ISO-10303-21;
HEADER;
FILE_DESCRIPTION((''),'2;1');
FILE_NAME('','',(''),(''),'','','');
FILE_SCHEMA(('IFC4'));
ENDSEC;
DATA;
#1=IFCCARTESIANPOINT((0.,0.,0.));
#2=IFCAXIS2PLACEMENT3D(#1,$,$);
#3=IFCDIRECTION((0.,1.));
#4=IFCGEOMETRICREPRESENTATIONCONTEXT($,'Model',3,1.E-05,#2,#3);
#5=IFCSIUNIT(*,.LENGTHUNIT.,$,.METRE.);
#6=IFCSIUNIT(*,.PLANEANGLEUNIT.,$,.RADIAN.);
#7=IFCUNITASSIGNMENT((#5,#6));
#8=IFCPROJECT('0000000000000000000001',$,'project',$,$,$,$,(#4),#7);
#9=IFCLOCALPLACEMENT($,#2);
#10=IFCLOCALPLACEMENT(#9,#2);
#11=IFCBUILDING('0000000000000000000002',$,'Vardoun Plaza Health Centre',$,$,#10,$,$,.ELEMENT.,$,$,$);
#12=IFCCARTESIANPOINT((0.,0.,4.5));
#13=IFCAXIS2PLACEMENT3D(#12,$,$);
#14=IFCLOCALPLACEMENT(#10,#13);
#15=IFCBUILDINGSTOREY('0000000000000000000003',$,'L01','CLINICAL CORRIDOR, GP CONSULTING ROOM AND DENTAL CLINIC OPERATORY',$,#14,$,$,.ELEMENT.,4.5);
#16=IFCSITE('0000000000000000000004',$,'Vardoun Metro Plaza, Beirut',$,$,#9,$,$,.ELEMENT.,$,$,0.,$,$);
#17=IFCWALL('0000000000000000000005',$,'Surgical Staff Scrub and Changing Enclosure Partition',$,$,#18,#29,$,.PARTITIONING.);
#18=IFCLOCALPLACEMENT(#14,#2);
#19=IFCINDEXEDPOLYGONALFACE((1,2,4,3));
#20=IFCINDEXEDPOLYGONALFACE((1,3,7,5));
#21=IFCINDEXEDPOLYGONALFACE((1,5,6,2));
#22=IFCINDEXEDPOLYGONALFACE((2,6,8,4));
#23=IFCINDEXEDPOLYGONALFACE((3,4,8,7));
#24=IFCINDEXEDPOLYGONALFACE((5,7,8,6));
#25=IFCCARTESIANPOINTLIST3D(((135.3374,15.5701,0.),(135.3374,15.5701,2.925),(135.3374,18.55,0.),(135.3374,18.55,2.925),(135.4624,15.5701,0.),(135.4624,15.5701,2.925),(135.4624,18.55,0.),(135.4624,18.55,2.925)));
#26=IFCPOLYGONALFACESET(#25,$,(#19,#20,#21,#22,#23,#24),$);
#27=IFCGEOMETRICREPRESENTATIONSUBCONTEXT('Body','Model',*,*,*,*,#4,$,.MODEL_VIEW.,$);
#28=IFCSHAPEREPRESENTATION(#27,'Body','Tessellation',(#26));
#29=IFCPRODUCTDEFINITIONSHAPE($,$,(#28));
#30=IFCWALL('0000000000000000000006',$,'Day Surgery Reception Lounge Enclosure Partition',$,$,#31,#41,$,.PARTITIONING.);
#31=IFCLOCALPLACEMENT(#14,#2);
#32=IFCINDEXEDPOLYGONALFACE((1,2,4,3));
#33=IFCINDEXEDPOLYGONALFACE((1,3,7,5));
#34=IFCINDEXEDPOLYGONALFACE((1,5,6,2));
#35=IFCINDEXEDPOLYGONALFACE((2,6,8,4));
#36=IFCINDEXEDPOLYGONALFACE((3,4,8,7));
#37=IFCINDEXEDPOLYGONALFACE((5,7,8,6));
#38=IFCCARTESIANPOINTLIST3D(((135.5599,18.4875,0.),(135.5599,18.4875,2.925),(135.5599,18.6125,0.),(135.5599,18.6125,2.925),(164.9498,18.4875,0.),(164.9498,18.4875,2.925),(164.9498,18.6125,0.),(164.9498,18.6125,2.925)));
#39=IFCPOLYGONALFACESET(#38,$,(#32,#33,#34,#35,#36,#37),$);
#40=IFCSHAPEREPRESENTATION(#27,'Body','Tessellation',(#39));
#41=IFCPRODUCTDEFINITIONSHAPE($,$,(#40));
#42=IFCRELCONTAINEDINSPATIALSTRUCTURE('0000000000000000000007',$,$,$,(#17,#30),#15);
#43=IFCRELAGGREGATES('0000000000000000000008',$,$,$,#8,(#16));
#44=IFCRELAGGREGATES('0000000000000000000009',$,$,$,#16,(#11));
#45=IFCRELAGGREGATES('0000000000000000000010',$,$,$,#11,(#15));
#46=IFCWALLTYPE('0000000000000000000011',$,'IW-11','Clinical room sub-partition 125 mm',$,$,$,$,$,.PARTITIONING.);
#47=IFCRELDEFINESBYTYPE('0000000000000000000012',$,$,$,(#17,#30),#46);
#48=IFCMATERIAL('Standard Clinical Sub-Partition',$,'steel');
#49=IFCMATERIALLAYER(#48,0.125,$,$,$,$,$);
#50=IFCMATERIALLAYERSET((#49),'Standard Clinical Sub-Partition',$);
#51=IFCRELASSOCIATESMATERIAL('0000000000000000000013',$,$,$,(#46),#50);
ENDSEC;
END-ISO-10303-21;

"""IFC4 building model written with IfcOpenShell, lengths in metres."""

from ifc_helpers import new_model, si_unit, direction, frame, frame_2d, origin, place, context, subcontext, project, spatial, rectangle, extrude, material, layer, layer_set, type_object, element, save


model = new_model("IFC4")

# Units and contexts
model_context = context("Model", 3, precision=1e-05, world=origin(), true_north=direction((0.0, 1.0)))
body_context = subcontext(model_context, "Body", "Model", "MODEL_VIEW")
ifc_project = project(units=[si_unit("LENGTHUNIT", "METRE"), si_unit("PLANEANGLEUNIT", "RADIAN")], contexts=[model_context])

# Site, building, storey
site_placement = place(None, origin())
site = spatial("IfcSite", under=ifc_project, at=site_placement, Name="Vardoun Metro Plaza, Beirut", CompositionType="ELEMENT", RefElevation=0.0)
building_placement = place(site_placement, origin())
building = spatial("IfcBuilding", under=site, at=building_placement, Name="Vardoun Plaza Health Centre", CompositionType="ELEMENT")
storey_placement = place(building_placement, frame((0.0, 0.0, 4.5)))
storey = spatial("IfcBuildingStorey", under=building, at=storey_placement, Name="L01", Description="CLINICAL CORRIDOR, GP CONSULTING ROOM AND DENTAL CLINIC OPERATORY", CompositionType="ELEMENT", Elevation=4.5)

# Walls
ifc_material_1 = material(Name="Standard Clinical Sub-Partition", Category="steel")
ifc_layer_1 = layer(ifc_material_1, 0.125)
ifc_layer_set_1 = layer_set([ifc_layer_1], Name="Standard Clinical Sub-Partition")
wall_type_1 = type_object("IfcWallType", Name="IW-11", Description="Clinical room sub-partition 125 mm", PredefinedType="PARTITIONING", material=ifc_layer_set_1)
wall_1_placement = place(storey_placement, frame((135.3999, 18.55, 0.0), z_axis=(0.0, 0.0, 1.0), x_axis=(0.0, -1.0, 0.0)))
element("IfcWall", 1, at=wall_1_placement, inside=storey, type_object=wall_type_1, Name="Surgical Staff Scrub and Changing Enclosure Partition", PredefinedType="PARTITIONING", context=body_context, shape_type="SweptSolid", body=[
    extrude(rectangle(XDim=2.98, YDim=0.125, at=frame_2d((1.49, 0.0))), origin(), (0.0, 0.0, 1.0), 2.925),
])
wall_2_placement = place(storey_placement, frame((135.5601, 18.55, 0.0), z_axis=(0.0, 0.0, 1.0), x_axis=(1.0, 0.0, 0.0)))
element("IfcWall", 2, at=wall_2_placement, inside=storey, type_object=wall_type_1, Name="Day Surgery Reception Lounge Enclosure Partition", PredefinedType="PARTITIONING", context=body_context, shape_type="SweptSolid", body=[
    extrude(rectangle(XDim=29.3899, YDim=0.125, at=frame_2d((14.6948, 0.0))), origin(), (0.0, 0.0, 1.0), 2.925),
])

save(model, "model.ifc")
